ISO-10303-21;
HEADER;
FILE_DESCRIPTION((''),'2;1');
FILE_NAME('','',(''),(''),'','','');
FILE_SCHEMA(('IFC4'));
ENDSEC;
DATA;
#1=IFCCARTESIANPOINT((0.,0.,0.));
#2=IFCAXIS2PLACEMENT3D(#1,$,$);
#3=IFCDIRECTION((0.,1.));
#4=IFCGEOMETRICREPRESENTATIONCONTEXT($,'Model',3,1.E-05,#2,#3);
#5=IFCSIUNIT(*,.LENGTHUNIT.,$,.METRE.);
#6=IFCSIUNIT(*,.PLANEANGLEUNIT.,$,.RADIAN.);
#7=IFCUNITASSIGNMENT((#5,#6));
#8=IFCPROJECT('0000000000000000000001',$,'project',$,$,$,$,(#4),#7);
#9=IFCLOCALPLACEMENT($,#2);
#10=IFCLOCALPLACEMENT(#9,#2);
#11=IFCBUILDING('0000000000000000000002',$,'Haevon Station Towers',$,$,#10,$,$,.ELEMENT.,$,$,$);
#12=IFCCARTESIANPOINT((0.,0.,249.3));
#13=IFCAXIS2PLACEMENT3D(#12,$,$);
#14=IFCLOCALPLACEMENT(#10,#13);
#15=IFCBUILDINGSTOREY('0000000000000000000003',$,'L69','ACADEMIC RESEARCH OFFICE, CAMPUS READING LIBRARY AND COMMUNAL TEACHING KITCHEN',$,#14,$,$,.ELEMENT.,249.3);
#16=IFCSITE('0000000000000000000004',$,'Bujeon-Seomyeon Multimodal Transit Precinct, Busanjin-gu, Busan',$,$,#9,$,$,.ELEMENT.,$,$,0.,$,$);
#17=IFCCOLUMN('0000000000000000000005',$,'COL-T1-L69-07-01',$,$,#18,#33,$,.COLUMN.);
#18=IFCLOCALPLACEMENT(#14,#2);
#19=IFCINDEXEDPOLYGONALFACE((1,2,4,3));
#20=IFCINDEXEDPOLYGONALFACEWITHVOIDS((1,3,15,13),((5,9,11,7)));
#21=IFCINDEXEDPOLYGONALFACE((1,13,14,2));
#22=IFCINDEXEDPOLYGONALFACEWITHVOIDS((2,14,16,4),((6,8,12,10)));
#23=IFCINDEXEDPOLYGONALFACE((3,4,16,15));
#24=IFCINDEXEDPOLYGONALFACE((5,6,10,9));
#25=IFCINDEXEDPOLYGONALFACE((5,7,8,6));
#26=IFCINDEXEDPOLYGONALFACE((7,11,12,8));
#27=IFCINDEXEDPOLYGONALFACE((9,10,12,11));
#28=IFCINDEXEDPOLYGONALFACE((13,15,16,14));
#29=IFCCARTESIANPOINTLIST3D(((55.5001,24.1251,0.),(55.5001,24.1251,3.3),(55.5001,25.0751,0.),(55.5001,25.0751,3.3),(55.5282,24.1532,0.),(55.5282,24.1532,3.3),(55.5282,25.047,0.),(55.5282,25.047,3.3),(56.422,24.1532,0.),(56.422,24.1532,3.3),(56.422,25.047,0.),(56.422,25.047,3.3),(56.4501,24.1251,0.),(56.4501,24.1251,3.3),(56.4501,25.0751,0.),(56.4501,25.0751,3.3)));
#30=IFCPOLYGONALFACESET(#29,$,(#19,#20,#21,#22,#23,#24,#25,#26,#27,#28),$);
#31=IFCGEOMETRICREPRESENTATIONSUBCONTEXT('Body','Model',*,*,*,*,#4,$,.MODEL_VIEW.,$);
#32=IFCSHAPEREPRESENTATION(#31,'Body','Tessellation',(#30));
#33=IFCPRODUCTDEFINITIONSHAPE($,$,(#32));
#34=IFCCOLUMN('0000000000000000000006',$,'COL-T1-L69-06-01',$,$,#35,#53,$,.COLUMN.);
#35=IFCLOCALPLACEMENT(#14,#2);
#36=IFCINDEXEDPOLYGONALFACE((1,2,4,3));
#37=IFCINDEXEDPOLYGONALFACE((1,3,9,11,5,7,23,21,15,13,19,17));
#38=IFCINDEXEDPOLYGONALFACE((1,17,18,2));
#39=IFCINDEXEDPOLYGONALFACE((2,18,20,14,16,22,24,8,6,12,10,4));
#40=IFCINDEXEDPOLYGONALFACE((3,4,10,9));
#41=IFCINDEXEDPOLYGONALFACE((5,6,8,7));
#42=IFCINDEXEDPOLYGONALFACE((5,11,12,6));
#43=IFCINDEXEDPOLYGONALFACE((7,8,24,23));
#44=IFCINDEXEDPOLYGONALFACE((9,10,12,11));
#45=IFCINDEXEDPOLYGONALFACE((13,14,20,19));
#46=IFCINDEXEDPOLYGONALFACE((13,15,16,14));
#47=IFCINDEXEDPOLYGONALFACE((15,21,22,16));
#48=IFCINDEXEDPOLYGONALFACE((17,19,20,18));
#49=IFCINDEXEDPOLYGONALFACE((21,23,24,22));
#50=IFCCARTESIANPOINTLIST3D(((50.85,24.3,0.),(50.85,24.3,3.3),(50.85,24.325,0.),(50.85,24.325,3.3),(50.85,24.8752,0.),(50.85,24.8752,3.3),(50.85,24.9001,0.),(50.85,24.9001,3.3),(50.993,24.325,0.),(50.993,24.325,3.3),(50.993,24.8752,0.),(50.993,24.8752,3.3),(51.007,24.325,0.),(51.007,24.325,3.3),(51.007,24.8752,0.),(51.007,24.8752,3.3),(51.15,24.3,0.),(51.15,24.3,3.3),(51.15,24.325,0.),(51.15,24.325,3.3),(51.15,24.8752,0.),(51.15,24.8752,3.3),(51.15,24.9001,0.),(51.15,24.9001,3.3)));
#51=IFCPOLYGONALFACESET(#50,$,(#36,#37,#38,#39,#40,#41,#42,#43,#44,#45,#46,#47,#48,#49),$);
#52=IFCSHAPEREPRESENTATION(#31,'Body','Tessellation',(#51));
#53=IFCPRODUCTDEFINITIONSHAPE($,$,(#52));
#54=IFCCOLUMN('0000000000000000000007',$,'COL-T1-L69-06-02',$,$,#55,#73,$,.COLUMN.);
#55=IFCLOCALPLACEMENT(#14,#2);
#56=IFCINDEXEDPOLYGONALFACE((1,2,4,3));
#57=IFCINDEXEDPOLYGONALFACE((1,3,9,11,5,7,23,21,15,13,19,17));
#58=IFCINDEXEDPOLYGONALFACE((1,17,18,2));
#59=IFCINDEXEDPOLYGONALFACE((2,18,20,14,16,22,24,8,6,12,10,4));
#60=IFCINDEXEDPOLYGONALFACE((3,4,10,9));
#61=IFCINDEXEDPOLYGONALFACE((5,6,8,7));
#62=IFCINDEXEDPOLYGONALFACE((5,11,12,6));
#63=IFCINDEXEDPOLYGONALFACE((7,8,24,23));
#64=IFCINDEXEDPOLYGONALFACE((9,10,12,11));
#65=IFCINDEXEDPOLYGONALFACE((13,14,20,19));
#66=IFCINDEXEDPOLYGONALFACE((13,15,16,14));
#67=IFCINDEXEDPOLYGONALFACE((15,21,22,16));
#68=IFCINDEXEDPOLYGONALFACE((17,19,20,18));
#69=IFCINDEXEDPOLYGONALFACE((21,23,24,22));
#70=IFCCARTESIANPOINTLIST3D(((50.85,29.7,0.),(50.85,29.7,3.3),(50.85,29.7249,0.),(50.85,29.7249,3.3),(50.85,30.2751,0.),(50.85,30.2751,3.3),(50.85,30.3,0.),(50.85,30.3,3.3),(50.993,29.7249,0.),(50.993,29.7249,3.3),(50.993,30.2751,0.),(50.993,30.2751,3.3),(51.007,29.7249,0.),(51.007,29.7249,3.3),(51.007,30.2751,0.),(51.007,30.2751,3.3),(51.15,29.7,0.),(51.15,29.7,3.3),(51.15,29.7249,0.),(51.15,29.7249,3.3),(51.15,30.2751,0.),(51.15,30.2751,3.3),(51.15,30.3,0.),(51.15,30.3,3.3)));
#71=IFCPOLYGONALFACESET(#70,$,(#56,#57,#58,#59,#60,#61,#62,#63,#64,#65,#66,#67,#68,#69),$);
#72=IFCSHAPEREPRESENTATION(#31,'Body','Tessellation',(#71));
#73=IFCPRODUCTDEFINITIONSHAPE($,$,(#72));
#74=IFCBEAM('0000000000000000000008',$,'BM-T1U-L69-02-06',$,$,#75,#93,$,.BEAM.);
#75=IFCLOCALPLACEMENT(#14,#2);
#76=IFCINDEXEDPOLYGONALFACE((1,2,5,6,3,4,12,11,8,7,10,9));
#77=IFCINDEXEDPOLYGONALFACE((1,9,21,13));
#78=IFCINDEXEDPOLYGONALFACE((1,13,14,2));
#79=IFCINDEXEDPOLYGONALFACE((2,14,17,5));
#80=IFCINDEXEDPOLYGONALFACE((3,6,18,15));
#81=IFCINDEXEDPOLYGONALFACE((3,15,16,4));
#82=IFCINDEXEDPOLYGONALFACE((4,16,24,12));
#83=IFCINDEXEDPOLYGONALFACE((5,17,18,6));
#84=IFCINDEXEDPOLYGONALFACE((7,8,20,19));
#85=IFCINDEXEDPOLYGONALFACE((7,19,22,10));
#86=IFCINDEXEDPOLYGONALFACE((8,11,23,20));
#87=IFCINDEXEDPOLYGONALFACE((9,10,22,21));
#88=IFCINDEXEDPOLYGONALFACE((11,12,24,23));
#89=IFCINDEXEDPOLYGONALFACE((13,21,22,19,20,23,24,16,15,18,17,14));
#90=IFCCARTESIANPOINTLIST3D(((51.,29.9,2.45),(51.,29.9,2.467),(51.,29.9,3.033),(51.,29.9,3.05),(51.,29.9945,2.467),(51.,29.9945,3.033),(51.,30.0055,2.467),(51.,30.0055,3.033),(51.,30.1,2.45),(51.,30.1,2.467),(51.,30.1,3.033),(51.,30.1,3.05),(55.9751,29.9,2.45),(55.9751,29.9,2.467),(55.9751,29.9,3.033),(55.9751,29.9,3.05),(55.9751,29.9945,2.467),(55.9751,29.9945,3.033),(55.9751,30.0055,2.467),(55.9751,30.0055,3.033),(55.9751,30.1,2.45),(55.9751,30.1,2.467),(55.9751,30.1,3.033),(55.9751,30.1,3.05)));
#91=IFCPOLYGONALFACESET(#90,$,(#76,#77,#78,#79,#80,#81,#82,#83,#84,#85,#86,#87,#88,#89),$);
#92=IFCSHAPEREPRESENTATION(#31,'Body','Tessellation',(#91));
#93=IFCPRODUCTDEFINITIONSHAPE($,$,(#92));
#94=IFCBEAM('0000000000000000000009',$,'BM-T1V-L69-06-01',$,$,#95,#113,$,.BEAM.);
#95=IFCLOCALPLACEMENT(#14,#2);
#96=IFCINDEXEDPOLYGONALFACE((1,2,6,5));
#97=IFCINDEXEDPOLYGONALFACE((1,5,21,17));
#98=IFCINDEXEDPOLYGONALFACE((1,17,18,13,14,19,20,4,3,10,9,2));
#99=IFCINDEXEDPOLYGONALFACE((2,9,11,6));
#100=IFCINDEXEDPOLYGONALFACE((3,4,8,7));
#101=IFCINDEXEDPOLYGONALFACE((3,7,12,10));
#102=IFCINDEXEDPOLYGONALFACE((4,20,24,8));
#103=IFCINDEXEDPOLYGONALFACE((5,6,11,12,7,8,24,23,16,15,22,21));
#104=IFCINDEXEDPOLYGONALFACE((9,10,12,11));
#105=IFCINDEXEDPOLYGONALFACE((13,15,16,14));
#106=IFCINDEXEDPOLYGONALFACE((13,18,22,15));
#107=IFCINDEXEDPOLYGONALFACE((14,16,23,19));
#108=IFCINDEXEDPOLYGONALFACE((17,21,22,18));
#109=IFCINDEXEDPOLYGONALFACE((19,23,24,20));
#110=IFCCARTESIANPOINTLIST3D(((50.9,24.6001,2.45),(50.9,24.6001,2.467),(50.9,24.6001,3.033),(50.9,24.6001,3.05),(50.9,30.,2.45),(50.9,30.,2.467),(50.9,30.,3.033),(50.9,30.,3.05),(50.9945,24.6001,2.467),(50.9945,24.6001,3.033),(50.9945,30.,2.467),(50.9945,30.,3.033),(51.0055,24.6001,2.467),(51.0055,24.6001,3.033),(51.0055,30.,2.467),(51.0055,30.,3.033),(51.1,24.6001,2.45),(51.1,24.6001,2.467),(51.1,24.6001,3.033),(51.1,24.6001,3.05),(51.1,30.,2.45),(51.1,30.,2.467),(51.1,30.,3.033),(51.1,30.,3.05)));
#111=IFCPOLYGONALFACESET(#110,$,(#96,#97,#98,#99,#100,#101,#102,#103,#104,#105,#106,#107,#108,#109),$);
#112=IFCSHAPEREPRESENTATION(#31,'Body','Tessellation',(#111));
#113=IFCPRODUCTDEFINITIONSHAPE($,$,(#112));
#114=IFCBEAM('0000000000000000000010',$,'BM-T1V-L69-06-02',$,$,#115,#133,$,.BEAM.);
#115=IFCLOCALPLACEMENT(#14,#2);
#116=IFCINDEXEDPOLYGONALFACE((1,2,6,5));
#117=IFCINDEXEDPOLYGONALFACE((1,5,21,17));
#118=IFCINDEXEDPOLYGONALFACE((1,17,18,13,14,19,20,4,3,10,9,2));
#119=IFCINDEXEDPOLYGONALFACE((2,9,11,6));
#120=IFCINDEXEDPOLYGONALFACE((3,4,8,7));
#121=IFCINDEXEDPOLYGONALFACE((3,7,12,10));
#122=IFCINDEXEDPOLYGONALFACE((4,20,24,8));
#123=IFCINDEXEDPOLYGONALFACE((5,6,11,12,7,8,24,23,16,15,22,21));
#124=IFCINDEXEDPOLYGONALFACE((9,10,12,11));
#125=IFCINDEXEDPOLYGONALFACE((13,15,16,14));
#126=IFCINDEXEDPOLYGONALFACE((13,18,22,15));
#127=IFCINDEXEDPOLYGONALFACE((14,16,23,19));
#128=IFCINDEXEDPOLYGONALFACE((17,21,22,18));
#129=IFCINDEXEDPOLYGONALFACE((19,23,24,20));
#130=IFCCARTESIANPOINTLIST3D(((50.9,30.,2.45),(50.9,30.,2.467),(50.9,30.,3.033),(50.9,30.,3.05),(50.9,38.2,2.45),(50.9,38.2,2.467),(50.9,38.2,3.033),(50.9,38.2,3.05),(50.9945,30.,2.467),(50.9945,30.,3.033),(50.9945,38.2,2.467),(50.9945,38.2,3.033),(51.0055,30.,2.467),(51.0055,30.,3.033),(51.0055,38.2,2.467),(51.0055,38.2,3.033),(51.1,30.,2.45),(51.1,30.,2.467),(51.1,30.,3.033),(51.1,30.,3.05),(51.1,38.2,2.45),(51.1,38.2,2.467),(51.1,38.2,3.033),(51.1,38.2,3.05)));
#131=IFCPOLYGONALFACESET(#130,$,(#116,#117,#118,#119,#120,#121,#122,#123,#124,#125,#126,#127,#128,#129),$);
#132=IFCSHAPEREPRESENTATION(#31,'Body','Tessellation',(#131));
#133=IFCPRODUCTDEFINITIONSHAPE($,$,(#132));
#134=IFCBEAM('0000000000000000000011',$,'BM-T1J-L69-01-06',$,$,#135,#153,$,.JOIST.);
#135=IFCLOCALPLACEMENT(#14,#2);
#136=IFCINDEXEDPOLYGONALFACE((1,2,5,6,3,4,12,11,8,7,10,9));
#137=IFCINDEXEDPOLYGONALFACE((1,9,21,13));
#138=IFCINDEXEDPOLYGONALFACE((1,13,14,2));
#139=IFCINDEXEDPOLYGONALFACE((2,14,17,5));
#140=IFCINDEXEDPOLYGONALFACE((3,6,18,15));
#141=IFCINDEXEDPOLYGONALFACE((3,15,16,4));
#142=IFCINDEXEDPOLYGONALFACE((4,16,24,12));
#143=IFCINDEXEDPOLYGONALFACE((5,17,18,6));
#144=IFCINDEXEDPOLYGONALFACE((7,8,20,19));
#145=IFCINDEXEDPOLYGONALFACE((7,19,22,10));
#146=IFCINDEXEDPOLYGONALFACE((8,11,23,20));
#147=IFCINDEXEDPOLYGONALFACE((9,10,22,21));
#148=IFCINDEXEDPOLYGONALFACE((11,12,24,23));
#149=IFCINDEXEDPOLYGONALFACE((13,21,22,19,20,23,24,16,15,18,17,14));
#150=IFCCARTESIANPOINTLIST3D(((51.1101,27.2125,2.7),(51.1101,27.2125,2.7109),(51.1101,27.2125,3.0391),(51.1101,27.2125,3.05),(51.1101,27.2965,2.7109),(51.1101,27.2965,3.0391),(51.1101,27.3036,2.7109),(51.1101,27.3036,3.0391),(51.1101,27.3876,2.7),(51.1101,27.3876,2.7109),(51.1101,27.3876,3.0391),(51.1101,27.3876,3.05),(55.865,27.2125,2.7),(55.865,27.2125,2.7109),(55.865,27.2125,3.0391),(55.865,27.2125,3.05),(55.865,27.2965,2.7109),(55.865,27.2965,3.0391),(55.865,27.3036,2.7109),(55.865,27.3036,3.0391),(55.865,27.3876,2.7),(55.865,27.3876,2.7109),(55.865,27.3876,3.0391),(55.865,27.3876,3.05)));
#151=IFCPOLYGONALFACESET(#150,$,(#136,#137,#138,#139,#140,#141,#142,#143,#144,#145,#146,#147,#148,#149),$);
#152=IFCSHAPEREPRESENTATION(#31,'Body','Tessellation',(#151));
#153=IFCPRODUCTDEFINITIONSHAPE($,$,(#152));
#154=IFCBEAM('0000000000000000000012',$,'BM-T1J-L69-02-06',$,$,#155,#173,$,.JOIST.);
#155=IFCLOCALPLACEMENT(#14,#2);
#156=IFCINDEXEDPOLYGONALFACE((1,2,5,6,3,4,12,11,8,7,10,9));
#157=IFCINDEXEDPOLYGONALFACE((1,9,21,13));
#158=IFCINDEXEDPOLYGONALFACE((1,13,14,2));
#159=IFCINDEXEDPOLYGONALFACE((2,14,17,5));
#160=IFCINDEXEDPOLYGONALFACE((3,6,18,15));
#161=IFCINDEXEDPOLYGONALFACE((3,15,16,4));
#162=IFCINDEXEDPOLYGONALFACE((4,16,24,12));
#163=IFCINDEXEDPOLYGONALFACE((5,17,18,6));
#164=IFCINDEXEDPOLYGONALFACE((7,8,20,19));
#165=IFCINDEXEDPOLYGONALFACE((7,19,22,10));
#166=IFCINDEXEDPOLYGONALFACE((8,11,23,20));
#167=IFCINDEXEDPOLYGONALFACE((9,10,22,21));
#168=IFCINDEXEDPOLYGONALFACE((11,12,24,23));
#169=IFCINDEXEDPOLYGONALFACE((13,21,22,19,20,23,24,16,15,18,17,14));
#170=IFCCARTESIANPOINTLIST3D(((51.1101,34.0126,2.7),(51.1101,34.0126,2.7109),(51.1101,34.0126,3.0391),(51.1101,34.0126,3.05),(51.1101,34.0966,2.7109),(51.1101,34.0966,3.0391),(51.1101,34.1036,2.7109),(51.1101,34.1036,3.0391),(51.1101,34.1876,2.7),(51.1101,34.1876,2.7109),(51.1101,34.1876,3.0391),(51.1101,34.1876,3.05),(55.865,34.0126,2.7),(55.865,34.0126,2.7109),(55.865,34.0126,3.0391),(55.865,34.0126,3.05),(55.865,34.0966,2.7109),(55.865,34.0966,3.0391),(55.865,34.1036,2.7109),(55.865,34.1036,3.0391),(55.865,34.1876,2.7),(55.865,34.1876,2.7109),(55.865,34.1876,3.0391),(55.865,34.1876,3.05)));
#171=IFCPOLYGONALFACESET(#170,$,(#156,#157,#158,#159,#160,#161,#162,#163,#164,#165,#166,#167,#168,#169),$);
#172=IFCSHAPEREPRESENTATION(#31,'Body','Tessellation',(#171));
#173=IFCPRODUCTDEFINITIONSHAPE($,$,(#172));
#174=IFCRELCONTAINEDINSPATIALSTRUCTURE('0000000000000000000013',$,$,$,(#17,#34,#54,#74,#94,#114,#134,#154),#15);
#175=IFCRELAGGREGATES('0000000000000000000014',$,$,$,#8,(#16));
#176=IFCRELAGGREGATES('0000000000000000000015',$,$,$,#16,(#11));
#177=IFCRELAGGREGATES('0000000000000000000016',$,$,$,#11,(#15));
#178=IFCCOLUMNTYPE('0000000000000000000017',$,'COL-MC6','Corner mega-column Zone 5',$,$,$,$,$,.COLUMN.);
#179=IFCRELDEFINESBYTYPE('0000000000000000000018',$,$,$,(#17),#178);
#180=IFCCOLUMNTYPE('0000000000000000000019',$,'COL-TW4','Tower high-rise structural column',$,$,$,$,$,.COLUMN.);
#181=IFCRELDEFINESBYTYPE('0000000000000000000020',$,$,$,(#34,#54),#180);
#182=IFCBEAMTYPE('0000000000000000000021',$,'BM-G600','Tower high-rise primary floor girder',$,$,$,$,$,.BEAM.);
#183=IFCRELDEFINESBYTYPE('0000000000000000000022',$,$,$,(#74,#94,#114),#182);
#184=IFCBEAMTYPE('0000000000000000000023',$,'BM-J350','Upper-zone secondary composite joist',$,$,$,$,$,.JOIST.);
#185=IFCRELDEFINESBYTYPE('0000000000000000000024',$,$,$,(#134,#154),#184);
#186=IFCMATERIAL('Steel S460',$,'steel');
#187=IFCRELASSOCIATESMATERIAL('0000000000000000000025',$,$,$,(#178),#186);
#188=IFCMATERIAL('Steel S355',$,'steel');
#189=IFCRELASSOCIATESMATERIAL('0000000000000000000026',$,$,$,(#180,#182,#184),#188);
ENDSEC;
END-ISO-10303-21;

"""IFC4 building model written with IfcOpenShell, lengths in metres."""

from ifc_helpers import new_model, si_unit, direction, frame, origin, origin_2d, place, context, subcontext, project, spatial, hollow_rectangle, i_section, extrude, material, material_profile, profile_set, type_object, element, save


model = new_model("IFC4")

# Units and contexts
model_context = context("Model", 3, precision=1e-05, world=origin(), true_north=direction((0.0, 1.0)))
body_context = subcontext(model_context, "Body", "Model", "MODEL_VIEW")
ifc_project = project(units=[si_unit("LENGTHUNIT", "METRE"), si_unit("PLANEANGLEUNIT", "RADIAN")], contexts=[model_context])

# Site, building, storey
site_placement = place(None, origin())
site = spatial("IfcSite", under=ifc_project, at=site_placement, Name="Bujeon-Seomyeon Multimodal Transit Precinct, Busanjin-gu, Busan", CompositionType="ELEMENT", RefElevation=0.0)
building_placement = place(site_placement, origin())
building = spatial("IfcBuilding", under=site, at=building_placement, Name="Haevon Station Towers", CompositionType="ELEMENT")
storey_placement = place(building_placement, frame((0.0, 0.0, 249.3)))
storey = spatial("IfcBuildingStorey", under=building, at=storey_placement, Name="L69", Description="ACADEMIC RESEARCH OFFICE, CAMPUS READING LIBRARY AND COMMUNAL TEACHING KITCHEN", CompositionType="ELEMENT", Elevation=249.3)

# Columns
ifc_material_1 = material(Name="Steel S460", Category="steel")
ifc_material_profile_1 = material_profile(ifc_material_1, hollow_rectangle(XDim=0.95, YDim=0.95, WallThickness=0.0281, at=origin_2d()), Name="BOX-950x950x28")
ifc_profile_set_1 = profile_set([ifc_material_profile_1], Name="Steel S460")
column_type_1 = type_object("IfcColumnType", Name="COL-MC6", Description="Corner mega-column Zone 5", PredefinedType="COLUMN", material=ifc_profile_set_1)
column_placement = place(storey_placement, frame((55.9751, 24.6001, 0.0), z_axis=(0.0, 0.0, 1.0), x_axis=(1.0, 0.0, 0.0)))
element("IfcColumn", 1, at=column_placement, inside=storey, type_object=column_type_1, Name="COL-T1-L69-07-01", PredefinedType="COLUMN", context=body_context, shape_type="SweptSolid", body=[
    extrude(hollow_rectangle(XDim=0.95, YDim=0.95, WallThickness=0.0281, at=origin_2d()), origin(), (0.0, 0.0, 1.0), 3.3),
])
ifc_material_2 = material(Name="Steel S355", Category="steel")
ifc_material_profile_2 = material_profile(ifc_material_2, i_section(OverallWidth=0.3, OverallDepth=0.6001, WebThickness=0.0139, FlangeThickness=0.0249, at=origin_2d()), Name="H-600x300x14x25")
ifc_profile_set_2 = profile_set([ifc_material_profile_2], Name="Steel S355")
column_type_2 = type_object("IfcColumnType", Name="COL-TW4", Description="Tower high-rise structural column", PredefinedType="COLUMN", material=ifc_profile_set_2)
for number, where, z_axis, x_axis, name in (
    (2, (51.0, 24.6001, 0.0), (0.0, 0.0, 1.0), (1.0, 0.0, 0.0), "COL-T1-L69-06-01"),
    (3, (51.0, 30.0, 0.0), (0.0, 0.0, 1.0), (1.0, 0.0, 0.0), "COL-T1-L69-06-02"),
):
    element("IfcColumn", number, at=place(storey_placement, frame(where, z_axis=z_axis, x_axis=x_axis)), inside=storey, type_object=column_type_2, Name=name, PredefinedType="COLUMN", context=body_context, shape_type="SweptSolid", body=[
        extrude(i_section(OverallWidth=0.3, OverallDepth=0.6001, WebThickness=0.0139, FlangeThickness=0.0249, at=origin_2d()), origin(), (0.0, 0.0, 1.0), 3.3),
    ])

# Beams
ifc_material_profile_3 = material_profile(ifc_material_2, i_section(OverallWidth=0.2, OverallDepth=0.6001, WebThickness=0.011, FlangeThickness=0.0171, at=origin_2d()), Name="H-600x200x11x17")
ifc_profile_set_3 = profile_set([ifc_material_profile_3], Name="Steel S355")
beam_type_1 = type_object("IfcBeamType", Name="BM-G600", Description="Tower high-rise primary floor girder", PredefinedType="BEAM", material=ifc_profile_set_3)
beam_1_placement = place(storey_placement, frame((51.0, 30.0, 2.75), z_axis=(1.0, 0.0, 0.0), x_axis=(0.0, 1.0, 0.0)))
element("IfcBeam", 4, at=beam_1_placement, inside=storey, type_object=beam_type_1, Name="BM-T1U-L69-02-06", PredefinedType="BEAM", context=body_context, shape_type="SweptSolid", body=[
    extrude(i_section(OverallWidth=0.2, OverallDepth=0.6001, WebThickness=0.011, FlangeThickness=0.0171, at=origin_2d()), origin(), (0.0, 0.0, 1.0), 4.9751),
])
beam_2_placement = place(storey_placement, frame((51.0, 24.6001, 2.75), z_axis=(0.0, 1.0, 0.0), x_axis=(-1.0, 0.0, 0.0)))
element("IfcBeam", 5, at=beam_2_placement, inside=storey, type_object=beam_type_1, Name="BM-T1V-L69-06-01", PredefinedType="BEAM", context=body_context, shape_type="SweptSolid", body=[
    extrude(i_section(OverallWidth=0.2, OverallDepth=0.6001, WebThickness=0.011, FlangeThickness=0.0171, at=origin_2d()), origin(), (0.0, 0.0, 1.0), 5.3999),
])
beam_3_placement = place(storey_placement, frame((51.0, 30.0, 2.75), z_axis=(0.0, 1.0, 0.0), x_axis=(-1.0, 0.0, 0.0)))
element("IfcBeam", 6, at=beam_3_placement, inside=storey, type_object=beam_type_1, Name="BM-T1V-L69-06-02", PredefinedType="BEAM", context=body_context, shape_type="SweptSolid", body=[
    extrude(i_section(OverallWidth=0.2, OverallDepth=0.6001, WebThickness=0.011, FlangeThickness=0.0171, at=origin_2d()), origin(), (0.0, 0.0, 1.0), 8.2),
])
ifc_material_profile_4 = material_profile(ifc_material_2, i_section(OverallWidth=0.175, OverallDepth=0.3501, WebThickness=0.0071, FlangeThickness=0.011, at=origin_2d()), Name="H-350x175x7x11")
ifc_profile_set_4 = profile_set([ifc_material_profile_4], Name="Steel S355")
beam_type_2 = type_object("IfcBeamType", Name="BM-J350", Description="Upper-zone secondary composite joist", PredefinedType="JOIST", material=ifc_profile_set_4)
for number, where, z_axis, x_axis, name in (
    (7, (51.1101, 27.3, 2.875), (1.0, 0.0, 0.0), (0.0, 1.0, 0.0), "BM-T1J-L69-01-06"),
    (8, (51.1101, 34.1001, 2.875), (1.0, 0.0, 0.0), (0.0, 1.0, 0.0), "BM-T1J-L69-02-06"),
):
    element("IfcBeam", number, at=place(storey_placement, frame(where, z_axis=z_axis, x_axis=x_axis)), inside=storey, type_object=beam_type_2, Name=name, PredefinedType="JOIST", context=body_context, shape_type="SweptSolid", body=[
        extrude(i_section(OverallWidth=0.175, OverallDepth=0.3501, WebThickness=0.0071, FlangeThickness=0.011, at=origin_2d()), origin(), (0.0, 0.0, 1.0), 4.7549),
    ])

save(model, "model.ifc")
